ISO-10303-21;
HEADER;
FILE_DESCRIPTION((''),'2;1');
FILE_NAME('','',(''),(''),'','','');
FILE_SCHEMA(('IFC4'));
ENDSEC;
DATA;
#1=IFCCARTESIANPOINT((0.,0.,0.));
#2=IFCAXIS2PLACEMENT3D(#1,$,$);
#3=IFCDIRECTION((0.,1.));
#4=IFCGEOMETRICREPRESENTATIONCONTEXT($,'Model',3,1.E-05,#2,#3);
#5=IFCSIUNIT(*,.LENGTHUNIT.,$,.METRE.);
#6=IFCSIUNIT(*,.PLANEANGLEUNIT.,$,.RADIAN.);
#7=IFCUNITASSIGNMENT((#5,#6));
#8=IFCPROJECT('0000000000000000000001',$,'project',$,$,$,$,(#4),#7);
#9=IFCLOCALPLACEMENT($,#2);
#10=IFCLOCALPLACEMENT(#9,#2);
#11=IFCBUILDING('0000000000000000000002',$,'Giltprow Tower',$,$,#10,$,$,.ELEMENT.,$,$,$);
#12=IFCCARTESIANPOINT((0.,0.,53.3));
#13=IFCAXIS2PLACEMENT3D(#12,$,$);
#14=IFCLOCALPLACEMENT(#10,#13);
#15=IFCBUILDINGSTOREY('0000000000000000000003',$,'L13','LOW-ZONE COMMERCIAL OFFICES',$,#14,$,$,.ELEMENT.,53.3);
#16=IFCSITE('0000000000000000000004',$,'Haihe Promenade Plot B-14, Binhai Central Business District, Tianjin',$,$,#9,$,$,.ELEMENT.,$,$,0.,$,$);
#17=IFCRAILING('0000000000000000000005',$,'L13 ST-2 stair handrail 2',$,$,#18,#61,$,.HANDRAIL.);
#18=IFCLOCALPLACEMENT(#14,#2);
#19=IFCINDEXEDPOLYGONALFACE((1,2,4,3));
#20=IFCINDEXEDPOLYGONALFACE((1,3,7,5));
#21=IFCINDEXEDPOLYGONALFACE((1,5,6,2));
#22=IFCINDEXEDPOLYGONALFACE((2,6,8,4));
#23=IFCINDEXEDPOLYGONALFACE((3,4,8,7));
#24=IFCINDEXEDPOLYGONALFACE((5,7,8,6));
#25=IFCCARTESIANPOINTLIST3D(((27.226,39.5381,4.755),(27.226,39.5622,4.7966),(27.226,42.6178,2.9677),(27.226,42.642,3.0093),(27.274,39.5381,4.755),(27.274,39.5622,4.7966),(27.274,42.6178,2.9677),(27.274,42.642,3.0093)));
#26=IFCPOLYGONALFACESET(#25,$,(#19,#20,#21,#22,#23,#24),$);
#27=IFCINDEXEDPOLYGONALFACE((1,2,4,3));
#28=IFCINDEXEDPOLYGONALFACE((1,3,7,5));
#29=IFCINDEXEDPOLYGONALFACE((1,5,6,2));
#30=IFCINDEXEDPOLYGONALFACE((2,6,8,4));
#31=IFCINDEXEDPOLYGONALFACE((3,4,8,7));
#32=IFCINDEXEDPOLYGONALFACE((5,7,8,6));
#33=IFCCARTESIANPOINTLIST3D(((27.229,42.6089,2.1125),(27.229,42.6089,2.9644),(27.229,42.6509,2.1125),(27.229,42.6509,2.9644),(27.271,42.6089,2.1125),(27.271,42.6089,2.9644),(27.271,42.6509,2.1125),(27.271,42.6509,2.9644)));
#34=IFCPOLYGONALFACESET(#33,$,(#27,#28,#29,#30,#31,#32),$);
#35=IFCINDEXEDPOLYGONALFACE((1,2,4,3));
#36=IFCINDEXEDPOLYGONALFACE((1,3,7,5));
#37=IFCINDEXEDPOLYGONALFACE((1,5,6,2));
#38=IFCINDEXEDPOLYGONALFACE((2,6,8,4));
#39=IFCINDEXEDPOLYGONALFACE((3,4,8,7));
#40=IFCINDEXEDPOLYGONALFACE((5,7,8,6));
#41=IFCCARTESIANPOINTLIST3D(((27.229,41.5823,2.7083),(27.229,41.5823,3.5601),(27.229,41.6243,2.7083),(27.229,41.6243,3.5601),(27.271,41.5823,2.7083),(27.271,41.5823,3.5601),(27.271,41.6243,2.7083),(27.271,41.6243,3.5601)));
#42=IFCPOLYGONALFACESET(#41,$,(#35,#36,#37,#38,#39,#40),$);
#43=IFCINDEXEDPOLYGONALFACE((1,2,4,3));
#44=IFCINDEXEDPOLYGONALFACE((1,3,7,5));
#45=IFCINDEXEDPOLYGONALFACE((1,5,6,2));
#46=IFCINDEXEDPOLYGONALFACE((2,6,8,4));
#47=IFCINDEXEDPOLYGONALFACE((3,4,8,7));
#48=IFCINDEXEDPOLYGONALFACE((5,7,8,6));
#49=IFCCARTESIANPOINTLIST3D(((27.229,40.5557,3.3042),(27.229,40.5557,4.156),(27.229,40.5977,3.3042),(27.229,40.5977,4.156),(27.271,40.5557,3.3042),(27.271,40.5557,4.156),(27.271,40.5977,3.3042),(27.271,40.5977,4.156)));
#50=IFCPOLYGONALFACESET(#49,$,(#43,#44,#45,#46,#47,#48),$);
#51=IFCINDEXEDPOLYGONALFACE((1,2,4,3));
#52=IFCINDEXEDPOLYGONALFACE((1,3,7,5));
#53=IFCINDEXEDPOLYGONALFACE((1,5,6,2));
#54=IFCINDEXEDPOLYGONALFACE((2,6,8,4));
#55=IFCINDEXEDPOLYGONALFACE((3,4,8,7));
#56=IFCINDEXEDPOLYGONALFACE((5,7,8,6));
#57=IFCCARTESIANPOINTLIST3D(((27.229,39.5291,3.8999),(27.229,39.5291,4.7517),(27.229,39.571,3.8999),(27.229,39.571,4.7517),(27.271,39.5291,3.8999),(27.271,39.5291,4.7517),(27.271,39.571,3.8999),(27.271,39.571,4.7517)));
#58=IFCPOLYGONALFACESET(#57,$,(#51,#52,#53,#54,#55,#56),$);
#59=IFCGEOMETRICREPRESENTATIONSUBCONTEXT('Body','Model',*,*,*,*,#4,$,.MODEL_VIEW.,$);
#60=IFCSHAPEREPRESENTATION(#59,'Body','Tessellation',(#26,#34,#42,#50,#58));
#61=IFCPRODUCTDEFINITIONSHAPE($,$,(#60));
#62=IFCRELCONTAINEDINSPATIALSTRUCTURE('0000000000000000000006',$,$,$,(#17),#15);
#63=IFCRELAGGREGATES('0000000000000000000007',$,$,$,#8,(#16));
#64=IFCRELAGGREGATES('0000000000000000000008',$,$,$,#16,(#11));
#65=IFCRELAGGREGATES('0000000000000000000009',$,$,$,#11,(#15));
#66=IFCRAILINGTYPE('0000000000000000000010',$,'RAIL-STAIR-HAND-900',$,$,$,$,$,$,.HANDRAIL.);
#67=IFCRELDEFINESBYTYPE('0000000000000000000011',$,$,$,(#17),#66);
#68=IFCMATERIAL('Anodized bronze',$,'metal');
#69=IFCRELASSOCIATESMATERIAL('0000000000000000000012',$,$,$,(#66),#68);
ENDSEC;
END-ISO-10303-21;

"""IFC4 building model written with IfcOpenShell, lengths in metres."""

from ifc_helpers import new_model, si_unit, direction, frame, origin, origin_2d, place, context, subcontext, project, spatial, rectangle, extrude, material, type_object, element, save


model = new_model("IFC4")

# Units and contexts
model_context = context("Model", 3, precision=1e-05, world=origin(), true_north=direction((0.0, 1.0)))
body_context = subcontext(model_context, "Body", "Model", "MODEL_VIEW")
ifc_project = project(units=[si_unit("LENGTHUNIT", "METRE"), si_unit("PLANEANGLEUNIT", "RADIAN")], contexts=[model_context])

# Site, building, storey
site_placement = place(None, origin())
site = spatial("IfcSite", under=ifc_project, at=site_placement, Name="Haihe Promenade Plot B-14, Binhai Central Business District, Tianjin", CompositionType="ELEMENT", RefElevation=0.0)
building_placement = place(site_placement, origin())
building = spatial("IfcBuilding", under=site, at=building_placement, Name="Giltprow Tower", CompositionType="ELEMENT")
storey_placement = place(building_placement, frame((0.0, 0.0, 53.3)))
storey = spatial("IfcBuildingStorey", under=building, at=storey_placement, Name="L13", Description="LOW-ZONE COMMERCIAL OFFICES", CompositionType="ELEMENT", Elevation=53.3)

# Railing
ifc_material_1 = material(Name="Anodized bronze", Category="metal")
railing_type_1 = type_object("IfcRailingType", Name="RAIL-STAIR-HAND-900", PredefinedType="HANDRAIL", material=ifc_material_1)
railing_1_placement = place(storey_placement, frame((27.25, 42.6299, 2.1125)))
element("IfcRailing", 1, at=railing_1_placement, inside=storey, type_object=railing_type_1, Name="L13 ST-2 stair handrail 2", PredefinedType="HANDRAIL", context=body_context, shape_type="SweptSolid", body=[
    extrude(rectangle(XDim=0.0481, YDim=0.0481, at=origin_2d()), frame((0.0, 0.0, 0.876), z_axis=(0.0, -0.864903, 0.501939), x_axis=(1.0, 0.0, 0.0)), (0.0, 0.0, 1.0), 3.5608),
    extrude(rectangle(XDim=0.042, YDim=0.042, at=origin_2d()), origin(), (0.0, 0.0, 1.0), 0.8518),
    extrude(rectangle(XDim=0.042, YDim=0.042, at=origin_2d()), frame((0.0, -1.0266, 0.5957)), (0.0, 0.0, 1.0), 0.8518),
    extrude(rectangle(XDim=0.042, YDim=0.042, at=origin_2d()), frame((0.0, -2.0532, 1.1917)), (0.0, 0.0, 1.0), 0.8518),
    extrude(rectangle(XDim=0.042, YDim=0.042, at=origin_2d()), frame((0.0, -3.0798, 1.7874)), (0.0, 0.0, 1.0), 0.8518),
])

save(model, "model.ifc")
